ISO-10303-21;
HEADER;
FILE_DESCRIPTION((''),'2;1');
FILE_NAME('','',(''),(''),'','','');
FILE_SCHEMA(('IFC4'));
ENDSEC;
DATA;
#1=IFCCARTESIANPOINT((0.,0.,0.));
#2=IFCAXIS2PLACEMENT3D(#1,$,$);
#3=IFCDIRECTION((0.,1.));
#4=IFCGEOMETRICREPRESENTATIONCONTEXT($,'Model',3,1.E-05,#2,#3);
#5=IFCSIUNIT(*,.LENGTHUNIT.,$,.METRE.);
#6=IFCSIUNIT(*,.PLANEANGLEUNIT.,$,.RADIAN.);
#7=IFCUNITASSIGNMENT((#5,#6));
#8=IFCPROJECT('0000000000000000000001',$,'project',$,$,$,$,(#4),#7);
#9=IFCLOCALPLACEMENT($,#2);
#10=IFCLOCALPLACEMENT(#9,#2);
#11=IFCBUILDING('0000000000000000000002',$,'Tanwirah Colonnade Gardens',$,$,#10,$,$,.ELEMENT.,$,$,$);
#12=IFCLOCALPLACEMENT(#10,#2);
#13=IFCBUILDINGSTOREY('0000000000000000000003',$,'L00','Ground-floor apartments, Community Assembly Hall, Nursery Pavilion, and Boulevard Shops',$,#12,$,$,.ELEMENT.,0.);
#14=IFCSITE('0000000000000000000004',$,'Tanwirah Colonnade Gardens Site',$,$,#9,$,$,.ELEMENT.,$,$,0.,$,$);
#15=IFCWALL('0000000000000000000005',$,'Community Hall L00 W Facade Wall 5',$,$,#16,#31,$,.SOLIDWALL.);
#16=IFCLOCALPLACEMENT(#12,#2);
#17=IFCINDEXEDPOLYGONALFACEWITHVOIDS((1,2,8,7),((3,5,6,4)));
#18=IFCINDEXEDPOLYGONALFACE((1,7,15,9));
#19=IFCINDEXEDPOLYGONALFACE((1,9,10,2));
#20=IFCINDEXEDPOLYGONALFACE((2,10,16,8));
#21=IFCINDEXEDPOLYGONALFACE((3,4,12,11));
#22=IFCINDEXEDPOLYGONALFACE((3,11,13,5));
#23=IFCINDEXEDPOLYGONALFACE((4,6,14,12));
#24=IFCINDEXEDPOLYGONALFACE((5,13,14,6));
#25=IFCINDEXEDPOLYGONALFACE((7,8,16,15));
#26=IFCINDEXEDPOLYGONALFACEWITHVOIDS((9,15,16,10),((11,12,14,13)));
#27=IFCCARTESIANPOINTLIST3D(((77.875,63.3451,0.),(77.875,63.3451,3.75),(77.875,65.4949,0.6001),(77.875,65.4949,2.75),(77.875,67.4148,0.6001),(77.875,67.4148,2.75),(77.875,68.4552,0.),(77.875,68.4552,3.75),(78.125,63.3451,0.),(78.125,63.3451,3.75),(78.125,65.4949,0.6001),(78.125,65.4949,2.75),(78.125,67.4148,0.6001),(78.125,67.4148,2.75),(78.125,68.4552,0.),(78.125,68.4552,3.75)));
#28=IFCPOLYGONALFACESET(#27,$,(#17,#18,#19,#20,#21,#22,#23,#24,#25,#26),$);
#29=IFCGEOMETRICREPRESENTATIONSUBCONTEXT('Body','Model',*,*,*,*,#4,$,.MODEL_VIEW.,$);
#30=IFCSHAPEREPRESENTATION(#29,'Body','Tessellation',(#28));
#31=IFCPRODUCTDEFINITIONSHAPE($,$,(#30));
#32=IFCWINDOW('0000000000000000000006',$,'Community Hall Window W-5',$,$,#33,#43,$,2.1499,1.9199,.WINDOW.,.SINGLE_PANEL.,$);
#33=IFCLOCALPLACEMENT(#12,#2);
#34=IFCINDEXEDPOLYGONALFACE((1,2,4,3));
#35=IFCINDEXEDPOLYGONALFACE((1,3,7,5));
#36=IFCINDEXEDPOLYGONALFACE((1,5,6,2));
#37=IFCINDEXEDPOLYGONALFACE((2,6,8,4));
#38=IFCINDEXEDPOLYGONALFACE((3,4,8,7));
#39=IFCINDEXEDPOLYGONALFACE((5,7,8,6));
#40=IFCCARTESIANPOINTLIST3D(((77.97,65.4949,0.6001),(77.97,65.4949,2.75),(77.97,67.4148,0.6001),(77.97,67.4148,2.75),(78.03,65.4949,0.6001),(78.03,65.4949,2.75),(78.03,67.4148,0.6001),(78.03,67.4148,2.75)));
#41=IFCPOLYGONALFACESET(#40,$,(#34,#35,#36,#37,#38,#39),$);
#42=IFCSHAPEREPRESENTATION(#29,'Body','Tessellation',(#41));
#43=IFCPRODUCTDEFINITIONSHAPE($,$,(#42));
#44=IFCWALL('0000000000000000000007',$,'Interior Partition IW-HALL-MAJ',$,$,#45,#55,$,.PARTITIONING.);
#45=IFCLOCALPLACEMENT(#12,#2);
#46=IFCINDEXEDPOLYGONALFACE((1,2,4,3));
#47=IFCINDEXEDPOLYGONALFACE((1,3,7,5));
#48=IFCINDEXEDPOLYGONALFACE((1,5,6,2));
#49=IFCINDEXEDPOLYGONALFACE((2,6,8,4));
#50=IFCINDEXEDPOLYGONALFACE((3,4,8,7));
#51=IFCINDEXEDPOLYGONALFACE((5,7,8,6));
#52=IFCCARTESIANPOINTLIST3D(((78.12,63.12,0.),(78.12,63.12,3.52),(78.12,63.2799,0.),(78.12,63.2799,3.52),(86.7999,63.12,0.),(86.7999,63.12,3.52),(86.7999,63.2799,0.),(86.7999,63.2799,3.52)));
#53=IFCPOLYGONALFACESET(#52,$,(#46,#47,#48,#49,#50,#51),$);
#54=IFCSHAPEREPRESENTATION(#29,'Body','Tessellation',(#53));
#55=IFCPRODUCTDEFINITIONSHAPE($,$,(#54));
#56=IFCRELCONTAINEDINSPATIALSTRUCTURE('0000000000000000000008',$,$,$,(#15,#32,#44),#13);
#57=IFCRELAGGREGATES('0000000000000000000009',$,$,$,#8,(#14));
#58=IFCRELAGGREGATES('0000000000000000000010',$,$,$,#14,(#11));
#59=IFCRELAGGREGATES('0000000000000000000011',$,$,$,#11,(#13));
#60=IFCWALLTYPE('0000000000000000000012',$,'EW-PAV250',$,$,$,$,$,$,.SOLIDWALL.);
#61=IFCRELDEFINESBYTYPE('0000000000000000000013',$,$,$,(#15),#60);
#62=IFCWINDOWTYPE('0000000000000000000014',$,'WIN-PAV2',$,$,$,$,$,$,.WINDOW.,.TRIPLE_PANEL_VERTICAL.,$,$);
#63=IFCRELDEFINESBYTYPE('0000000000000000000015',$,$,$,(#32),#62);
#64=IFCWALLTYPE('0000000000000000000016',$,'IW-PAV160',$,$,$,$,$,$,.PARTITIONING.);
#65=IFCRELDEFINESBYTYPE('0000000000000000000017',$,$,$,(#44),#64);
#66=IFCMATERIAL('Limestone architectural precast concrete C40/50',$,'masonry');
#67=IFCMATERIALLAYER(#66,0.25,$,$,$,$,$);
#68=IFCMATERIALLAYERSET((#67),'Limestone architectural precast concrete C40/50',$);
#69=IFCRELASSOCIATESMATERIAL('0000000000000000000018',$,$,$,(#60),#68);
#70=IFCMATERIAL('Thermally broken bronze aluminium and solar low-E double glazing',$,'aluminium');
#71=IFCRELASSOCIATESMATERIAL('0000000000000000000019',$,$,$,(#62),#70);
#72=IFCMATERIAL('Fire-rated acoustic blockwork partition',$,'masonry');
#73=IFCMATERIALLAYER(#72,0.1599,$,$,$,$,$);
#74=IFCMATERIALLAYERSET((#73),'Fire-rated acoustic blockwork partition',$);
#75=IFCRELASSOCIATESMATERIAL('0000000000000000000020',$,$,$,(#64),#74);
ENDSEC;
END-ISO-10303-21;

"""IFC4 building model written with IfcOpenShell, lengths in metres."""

from ifc_helpers import new_model, si_unit, direction, frame, frame_2d, origin, place, context, subcontext, project, spatial, rectangle, extrude, material, layer, layer_set, type_object, element, fill, save


model = new_model("IFC4")

# Units and contexts
model_context = context("Model", 3, precision=1e-05, world=origin(), true_north=direction((0.0, 1.0)))
body_context = subcontext(model_context, "Body", "Model", "MODEL_VIEW")
ifc_project = project(units=[si_unit("LENGTHUNIT", "METRE"), si_unit("PLANEANGLEUNIT", "RADIAN")], contexts=[model_context])

# Site, building, storey
site_placement = place(None, origin())
site = spatial("IfcSite", under=ifc_project, at=site_placement, Name="Tanwirah Colonnade Gardens Site", CompositionType="ELEMENT", RefElevation=0.0)
building_placement = place(site_placement, origin())
building = spatial("IfcBuilding", under=site, at=building_placement, Name="Tanwirah Colonnade Gardens", CompositionType="ELEMENT")
storey_placement = place(building_placement, origin())
storey = spatial("IfcBuildingStorey", under=building, at=storey_placement, Name="L00", Description="Ground-floor apartments, Community Assembly Hall, Nursery Pavilion, and Boulevard Shops", CompositionType="ELEMENT", Elevation=0.0)

# Wall, opening, window
ifc_material_1 = material(Name="Limestone architectural precast concrete C40/50", Category="masonry")
ifc_layer_1 = layer(ifc_material_1, 0.25)
ifc_layer_set_1 = layer_set([ifc_layer_1], Name="Limestone architectural precast concrete C40/50")
wall_type_1 = type_object("IfcWallType", Name="EW-PAV250", PredefinedType="SOLIDWALL", material=ifc_layer_set_1)
ifc_material_2 = material(Name="Thermally broken bronze aluminium and solar low-E double glazing", Category="aluminium")
window_type = type_object("IfcWindowType", Name="WIN-PAV2", PartitioningType="TRIPLE_PANEL_VERTICAL", PredefinedType="WINDOW", material=ifc_material_2)
wall_1_placement = place(storey_placement, frame((78.0, 63.345, 0.0), z_axis=(0.0, 0.0, 1.0), x_axis=(0.0, 1.0, 0.0)))
wall_1 = element("IfcWall", 1, at=wall_1_placement, inside=storey, type_object=wall_type_1, Name="Community Hall L00 W Facade Wall 5", PredefinedType="SOLIDWALL", context=body_context, shape_type="SweptSolid", body=[
    extrude(rectangle(XDim=5.1101, YDim=0.25, at=frame_2d((2.5552, 0.0))), origin(), (0.0, 0.0, 1.0), 3.75),
])
opening_1_placement = place(wall_1_placement, frame((2.1499, 0.0, 0.6001)))
opening_1 = element("IfcOpeningElement", 2, at=opening_1_placement, cuts=wall_1, PredefinedType="OPENING", context=body_context, shape_type="SweptSolid", body=[
    extrude(rectangle(XDim=1.9199, YDim=2.1499, at=frame_2d((0.96, 1.075))), frame((0.0, 0.135, 0.0), z_axis=(0.0, -1.0, 0.0), x_axis=(1.0, 0.0, 0.0)), (0.0, 0.0, 1.0), 0.27),
])
window_1_placement = place(opening_1_placement, origin())
window_1 = element("IfcWindow", 3, at=window_1_placement, inside=storey, type_object=window_type, Name="Community Hall Window W-5", OverallHeight=2.1499, OverallWidth=1.9199, PartitioningType="SINGLE_PANEL", PredefinedType="WINDOW", context=body_context, shape_type="SweptSolid", body=[
    extrude(rectangle(XDim=1.9199, YDim=2.1499, at=frame_2d((0.96, 1.075))), frame((0.0, 0.03, 0.0), z_axis=(0.0, -1.0, 0.0), x_axis=(1.0, 0.0, 0.0)), (0.0, 0.0, 1.0), 0.0601),
])
fill(opening_1, window_1)

# Wall
ifc_material_3 = material(Name="Fire-rated acoustic blockwork partition", Category="masonry")
ifc_layer_2 = layer(ifc_material_3, 0.1599)
ifc_layer_set_2 = layer_set([ifc_layer_2], Name="Fire-rated acoustic blockwork partition")
wall_type_2 = type_object("IfcWallType", Name="IW-PAV160", PredefinedType="PARTITIONING", material=ifc_layer_set_2)
wall_2_placement = place(storey_placement, frame((78.1201, 63.2, 0.0), z_axis=(0.0, 0.0, 1.0), x_axis=(1.0, 0.0, 0.0)))
element("IfcWall", 4, at=wall_2_placement, inside=storey, type_object=wall_type_2, Name="Interior Partition IW-HALL-MAJ", PredefinedType="PARTITIONING", context=body_context, shape_type="SweptSolid", body=[
    extrude(rectangle(XDim=8.6799, YDim=0.1599, at=frame_2d((4.3398, 0.0))), origin(), (0.0, 0.0, 1.0), 3.52),
])

save(model, "model.ifc")
